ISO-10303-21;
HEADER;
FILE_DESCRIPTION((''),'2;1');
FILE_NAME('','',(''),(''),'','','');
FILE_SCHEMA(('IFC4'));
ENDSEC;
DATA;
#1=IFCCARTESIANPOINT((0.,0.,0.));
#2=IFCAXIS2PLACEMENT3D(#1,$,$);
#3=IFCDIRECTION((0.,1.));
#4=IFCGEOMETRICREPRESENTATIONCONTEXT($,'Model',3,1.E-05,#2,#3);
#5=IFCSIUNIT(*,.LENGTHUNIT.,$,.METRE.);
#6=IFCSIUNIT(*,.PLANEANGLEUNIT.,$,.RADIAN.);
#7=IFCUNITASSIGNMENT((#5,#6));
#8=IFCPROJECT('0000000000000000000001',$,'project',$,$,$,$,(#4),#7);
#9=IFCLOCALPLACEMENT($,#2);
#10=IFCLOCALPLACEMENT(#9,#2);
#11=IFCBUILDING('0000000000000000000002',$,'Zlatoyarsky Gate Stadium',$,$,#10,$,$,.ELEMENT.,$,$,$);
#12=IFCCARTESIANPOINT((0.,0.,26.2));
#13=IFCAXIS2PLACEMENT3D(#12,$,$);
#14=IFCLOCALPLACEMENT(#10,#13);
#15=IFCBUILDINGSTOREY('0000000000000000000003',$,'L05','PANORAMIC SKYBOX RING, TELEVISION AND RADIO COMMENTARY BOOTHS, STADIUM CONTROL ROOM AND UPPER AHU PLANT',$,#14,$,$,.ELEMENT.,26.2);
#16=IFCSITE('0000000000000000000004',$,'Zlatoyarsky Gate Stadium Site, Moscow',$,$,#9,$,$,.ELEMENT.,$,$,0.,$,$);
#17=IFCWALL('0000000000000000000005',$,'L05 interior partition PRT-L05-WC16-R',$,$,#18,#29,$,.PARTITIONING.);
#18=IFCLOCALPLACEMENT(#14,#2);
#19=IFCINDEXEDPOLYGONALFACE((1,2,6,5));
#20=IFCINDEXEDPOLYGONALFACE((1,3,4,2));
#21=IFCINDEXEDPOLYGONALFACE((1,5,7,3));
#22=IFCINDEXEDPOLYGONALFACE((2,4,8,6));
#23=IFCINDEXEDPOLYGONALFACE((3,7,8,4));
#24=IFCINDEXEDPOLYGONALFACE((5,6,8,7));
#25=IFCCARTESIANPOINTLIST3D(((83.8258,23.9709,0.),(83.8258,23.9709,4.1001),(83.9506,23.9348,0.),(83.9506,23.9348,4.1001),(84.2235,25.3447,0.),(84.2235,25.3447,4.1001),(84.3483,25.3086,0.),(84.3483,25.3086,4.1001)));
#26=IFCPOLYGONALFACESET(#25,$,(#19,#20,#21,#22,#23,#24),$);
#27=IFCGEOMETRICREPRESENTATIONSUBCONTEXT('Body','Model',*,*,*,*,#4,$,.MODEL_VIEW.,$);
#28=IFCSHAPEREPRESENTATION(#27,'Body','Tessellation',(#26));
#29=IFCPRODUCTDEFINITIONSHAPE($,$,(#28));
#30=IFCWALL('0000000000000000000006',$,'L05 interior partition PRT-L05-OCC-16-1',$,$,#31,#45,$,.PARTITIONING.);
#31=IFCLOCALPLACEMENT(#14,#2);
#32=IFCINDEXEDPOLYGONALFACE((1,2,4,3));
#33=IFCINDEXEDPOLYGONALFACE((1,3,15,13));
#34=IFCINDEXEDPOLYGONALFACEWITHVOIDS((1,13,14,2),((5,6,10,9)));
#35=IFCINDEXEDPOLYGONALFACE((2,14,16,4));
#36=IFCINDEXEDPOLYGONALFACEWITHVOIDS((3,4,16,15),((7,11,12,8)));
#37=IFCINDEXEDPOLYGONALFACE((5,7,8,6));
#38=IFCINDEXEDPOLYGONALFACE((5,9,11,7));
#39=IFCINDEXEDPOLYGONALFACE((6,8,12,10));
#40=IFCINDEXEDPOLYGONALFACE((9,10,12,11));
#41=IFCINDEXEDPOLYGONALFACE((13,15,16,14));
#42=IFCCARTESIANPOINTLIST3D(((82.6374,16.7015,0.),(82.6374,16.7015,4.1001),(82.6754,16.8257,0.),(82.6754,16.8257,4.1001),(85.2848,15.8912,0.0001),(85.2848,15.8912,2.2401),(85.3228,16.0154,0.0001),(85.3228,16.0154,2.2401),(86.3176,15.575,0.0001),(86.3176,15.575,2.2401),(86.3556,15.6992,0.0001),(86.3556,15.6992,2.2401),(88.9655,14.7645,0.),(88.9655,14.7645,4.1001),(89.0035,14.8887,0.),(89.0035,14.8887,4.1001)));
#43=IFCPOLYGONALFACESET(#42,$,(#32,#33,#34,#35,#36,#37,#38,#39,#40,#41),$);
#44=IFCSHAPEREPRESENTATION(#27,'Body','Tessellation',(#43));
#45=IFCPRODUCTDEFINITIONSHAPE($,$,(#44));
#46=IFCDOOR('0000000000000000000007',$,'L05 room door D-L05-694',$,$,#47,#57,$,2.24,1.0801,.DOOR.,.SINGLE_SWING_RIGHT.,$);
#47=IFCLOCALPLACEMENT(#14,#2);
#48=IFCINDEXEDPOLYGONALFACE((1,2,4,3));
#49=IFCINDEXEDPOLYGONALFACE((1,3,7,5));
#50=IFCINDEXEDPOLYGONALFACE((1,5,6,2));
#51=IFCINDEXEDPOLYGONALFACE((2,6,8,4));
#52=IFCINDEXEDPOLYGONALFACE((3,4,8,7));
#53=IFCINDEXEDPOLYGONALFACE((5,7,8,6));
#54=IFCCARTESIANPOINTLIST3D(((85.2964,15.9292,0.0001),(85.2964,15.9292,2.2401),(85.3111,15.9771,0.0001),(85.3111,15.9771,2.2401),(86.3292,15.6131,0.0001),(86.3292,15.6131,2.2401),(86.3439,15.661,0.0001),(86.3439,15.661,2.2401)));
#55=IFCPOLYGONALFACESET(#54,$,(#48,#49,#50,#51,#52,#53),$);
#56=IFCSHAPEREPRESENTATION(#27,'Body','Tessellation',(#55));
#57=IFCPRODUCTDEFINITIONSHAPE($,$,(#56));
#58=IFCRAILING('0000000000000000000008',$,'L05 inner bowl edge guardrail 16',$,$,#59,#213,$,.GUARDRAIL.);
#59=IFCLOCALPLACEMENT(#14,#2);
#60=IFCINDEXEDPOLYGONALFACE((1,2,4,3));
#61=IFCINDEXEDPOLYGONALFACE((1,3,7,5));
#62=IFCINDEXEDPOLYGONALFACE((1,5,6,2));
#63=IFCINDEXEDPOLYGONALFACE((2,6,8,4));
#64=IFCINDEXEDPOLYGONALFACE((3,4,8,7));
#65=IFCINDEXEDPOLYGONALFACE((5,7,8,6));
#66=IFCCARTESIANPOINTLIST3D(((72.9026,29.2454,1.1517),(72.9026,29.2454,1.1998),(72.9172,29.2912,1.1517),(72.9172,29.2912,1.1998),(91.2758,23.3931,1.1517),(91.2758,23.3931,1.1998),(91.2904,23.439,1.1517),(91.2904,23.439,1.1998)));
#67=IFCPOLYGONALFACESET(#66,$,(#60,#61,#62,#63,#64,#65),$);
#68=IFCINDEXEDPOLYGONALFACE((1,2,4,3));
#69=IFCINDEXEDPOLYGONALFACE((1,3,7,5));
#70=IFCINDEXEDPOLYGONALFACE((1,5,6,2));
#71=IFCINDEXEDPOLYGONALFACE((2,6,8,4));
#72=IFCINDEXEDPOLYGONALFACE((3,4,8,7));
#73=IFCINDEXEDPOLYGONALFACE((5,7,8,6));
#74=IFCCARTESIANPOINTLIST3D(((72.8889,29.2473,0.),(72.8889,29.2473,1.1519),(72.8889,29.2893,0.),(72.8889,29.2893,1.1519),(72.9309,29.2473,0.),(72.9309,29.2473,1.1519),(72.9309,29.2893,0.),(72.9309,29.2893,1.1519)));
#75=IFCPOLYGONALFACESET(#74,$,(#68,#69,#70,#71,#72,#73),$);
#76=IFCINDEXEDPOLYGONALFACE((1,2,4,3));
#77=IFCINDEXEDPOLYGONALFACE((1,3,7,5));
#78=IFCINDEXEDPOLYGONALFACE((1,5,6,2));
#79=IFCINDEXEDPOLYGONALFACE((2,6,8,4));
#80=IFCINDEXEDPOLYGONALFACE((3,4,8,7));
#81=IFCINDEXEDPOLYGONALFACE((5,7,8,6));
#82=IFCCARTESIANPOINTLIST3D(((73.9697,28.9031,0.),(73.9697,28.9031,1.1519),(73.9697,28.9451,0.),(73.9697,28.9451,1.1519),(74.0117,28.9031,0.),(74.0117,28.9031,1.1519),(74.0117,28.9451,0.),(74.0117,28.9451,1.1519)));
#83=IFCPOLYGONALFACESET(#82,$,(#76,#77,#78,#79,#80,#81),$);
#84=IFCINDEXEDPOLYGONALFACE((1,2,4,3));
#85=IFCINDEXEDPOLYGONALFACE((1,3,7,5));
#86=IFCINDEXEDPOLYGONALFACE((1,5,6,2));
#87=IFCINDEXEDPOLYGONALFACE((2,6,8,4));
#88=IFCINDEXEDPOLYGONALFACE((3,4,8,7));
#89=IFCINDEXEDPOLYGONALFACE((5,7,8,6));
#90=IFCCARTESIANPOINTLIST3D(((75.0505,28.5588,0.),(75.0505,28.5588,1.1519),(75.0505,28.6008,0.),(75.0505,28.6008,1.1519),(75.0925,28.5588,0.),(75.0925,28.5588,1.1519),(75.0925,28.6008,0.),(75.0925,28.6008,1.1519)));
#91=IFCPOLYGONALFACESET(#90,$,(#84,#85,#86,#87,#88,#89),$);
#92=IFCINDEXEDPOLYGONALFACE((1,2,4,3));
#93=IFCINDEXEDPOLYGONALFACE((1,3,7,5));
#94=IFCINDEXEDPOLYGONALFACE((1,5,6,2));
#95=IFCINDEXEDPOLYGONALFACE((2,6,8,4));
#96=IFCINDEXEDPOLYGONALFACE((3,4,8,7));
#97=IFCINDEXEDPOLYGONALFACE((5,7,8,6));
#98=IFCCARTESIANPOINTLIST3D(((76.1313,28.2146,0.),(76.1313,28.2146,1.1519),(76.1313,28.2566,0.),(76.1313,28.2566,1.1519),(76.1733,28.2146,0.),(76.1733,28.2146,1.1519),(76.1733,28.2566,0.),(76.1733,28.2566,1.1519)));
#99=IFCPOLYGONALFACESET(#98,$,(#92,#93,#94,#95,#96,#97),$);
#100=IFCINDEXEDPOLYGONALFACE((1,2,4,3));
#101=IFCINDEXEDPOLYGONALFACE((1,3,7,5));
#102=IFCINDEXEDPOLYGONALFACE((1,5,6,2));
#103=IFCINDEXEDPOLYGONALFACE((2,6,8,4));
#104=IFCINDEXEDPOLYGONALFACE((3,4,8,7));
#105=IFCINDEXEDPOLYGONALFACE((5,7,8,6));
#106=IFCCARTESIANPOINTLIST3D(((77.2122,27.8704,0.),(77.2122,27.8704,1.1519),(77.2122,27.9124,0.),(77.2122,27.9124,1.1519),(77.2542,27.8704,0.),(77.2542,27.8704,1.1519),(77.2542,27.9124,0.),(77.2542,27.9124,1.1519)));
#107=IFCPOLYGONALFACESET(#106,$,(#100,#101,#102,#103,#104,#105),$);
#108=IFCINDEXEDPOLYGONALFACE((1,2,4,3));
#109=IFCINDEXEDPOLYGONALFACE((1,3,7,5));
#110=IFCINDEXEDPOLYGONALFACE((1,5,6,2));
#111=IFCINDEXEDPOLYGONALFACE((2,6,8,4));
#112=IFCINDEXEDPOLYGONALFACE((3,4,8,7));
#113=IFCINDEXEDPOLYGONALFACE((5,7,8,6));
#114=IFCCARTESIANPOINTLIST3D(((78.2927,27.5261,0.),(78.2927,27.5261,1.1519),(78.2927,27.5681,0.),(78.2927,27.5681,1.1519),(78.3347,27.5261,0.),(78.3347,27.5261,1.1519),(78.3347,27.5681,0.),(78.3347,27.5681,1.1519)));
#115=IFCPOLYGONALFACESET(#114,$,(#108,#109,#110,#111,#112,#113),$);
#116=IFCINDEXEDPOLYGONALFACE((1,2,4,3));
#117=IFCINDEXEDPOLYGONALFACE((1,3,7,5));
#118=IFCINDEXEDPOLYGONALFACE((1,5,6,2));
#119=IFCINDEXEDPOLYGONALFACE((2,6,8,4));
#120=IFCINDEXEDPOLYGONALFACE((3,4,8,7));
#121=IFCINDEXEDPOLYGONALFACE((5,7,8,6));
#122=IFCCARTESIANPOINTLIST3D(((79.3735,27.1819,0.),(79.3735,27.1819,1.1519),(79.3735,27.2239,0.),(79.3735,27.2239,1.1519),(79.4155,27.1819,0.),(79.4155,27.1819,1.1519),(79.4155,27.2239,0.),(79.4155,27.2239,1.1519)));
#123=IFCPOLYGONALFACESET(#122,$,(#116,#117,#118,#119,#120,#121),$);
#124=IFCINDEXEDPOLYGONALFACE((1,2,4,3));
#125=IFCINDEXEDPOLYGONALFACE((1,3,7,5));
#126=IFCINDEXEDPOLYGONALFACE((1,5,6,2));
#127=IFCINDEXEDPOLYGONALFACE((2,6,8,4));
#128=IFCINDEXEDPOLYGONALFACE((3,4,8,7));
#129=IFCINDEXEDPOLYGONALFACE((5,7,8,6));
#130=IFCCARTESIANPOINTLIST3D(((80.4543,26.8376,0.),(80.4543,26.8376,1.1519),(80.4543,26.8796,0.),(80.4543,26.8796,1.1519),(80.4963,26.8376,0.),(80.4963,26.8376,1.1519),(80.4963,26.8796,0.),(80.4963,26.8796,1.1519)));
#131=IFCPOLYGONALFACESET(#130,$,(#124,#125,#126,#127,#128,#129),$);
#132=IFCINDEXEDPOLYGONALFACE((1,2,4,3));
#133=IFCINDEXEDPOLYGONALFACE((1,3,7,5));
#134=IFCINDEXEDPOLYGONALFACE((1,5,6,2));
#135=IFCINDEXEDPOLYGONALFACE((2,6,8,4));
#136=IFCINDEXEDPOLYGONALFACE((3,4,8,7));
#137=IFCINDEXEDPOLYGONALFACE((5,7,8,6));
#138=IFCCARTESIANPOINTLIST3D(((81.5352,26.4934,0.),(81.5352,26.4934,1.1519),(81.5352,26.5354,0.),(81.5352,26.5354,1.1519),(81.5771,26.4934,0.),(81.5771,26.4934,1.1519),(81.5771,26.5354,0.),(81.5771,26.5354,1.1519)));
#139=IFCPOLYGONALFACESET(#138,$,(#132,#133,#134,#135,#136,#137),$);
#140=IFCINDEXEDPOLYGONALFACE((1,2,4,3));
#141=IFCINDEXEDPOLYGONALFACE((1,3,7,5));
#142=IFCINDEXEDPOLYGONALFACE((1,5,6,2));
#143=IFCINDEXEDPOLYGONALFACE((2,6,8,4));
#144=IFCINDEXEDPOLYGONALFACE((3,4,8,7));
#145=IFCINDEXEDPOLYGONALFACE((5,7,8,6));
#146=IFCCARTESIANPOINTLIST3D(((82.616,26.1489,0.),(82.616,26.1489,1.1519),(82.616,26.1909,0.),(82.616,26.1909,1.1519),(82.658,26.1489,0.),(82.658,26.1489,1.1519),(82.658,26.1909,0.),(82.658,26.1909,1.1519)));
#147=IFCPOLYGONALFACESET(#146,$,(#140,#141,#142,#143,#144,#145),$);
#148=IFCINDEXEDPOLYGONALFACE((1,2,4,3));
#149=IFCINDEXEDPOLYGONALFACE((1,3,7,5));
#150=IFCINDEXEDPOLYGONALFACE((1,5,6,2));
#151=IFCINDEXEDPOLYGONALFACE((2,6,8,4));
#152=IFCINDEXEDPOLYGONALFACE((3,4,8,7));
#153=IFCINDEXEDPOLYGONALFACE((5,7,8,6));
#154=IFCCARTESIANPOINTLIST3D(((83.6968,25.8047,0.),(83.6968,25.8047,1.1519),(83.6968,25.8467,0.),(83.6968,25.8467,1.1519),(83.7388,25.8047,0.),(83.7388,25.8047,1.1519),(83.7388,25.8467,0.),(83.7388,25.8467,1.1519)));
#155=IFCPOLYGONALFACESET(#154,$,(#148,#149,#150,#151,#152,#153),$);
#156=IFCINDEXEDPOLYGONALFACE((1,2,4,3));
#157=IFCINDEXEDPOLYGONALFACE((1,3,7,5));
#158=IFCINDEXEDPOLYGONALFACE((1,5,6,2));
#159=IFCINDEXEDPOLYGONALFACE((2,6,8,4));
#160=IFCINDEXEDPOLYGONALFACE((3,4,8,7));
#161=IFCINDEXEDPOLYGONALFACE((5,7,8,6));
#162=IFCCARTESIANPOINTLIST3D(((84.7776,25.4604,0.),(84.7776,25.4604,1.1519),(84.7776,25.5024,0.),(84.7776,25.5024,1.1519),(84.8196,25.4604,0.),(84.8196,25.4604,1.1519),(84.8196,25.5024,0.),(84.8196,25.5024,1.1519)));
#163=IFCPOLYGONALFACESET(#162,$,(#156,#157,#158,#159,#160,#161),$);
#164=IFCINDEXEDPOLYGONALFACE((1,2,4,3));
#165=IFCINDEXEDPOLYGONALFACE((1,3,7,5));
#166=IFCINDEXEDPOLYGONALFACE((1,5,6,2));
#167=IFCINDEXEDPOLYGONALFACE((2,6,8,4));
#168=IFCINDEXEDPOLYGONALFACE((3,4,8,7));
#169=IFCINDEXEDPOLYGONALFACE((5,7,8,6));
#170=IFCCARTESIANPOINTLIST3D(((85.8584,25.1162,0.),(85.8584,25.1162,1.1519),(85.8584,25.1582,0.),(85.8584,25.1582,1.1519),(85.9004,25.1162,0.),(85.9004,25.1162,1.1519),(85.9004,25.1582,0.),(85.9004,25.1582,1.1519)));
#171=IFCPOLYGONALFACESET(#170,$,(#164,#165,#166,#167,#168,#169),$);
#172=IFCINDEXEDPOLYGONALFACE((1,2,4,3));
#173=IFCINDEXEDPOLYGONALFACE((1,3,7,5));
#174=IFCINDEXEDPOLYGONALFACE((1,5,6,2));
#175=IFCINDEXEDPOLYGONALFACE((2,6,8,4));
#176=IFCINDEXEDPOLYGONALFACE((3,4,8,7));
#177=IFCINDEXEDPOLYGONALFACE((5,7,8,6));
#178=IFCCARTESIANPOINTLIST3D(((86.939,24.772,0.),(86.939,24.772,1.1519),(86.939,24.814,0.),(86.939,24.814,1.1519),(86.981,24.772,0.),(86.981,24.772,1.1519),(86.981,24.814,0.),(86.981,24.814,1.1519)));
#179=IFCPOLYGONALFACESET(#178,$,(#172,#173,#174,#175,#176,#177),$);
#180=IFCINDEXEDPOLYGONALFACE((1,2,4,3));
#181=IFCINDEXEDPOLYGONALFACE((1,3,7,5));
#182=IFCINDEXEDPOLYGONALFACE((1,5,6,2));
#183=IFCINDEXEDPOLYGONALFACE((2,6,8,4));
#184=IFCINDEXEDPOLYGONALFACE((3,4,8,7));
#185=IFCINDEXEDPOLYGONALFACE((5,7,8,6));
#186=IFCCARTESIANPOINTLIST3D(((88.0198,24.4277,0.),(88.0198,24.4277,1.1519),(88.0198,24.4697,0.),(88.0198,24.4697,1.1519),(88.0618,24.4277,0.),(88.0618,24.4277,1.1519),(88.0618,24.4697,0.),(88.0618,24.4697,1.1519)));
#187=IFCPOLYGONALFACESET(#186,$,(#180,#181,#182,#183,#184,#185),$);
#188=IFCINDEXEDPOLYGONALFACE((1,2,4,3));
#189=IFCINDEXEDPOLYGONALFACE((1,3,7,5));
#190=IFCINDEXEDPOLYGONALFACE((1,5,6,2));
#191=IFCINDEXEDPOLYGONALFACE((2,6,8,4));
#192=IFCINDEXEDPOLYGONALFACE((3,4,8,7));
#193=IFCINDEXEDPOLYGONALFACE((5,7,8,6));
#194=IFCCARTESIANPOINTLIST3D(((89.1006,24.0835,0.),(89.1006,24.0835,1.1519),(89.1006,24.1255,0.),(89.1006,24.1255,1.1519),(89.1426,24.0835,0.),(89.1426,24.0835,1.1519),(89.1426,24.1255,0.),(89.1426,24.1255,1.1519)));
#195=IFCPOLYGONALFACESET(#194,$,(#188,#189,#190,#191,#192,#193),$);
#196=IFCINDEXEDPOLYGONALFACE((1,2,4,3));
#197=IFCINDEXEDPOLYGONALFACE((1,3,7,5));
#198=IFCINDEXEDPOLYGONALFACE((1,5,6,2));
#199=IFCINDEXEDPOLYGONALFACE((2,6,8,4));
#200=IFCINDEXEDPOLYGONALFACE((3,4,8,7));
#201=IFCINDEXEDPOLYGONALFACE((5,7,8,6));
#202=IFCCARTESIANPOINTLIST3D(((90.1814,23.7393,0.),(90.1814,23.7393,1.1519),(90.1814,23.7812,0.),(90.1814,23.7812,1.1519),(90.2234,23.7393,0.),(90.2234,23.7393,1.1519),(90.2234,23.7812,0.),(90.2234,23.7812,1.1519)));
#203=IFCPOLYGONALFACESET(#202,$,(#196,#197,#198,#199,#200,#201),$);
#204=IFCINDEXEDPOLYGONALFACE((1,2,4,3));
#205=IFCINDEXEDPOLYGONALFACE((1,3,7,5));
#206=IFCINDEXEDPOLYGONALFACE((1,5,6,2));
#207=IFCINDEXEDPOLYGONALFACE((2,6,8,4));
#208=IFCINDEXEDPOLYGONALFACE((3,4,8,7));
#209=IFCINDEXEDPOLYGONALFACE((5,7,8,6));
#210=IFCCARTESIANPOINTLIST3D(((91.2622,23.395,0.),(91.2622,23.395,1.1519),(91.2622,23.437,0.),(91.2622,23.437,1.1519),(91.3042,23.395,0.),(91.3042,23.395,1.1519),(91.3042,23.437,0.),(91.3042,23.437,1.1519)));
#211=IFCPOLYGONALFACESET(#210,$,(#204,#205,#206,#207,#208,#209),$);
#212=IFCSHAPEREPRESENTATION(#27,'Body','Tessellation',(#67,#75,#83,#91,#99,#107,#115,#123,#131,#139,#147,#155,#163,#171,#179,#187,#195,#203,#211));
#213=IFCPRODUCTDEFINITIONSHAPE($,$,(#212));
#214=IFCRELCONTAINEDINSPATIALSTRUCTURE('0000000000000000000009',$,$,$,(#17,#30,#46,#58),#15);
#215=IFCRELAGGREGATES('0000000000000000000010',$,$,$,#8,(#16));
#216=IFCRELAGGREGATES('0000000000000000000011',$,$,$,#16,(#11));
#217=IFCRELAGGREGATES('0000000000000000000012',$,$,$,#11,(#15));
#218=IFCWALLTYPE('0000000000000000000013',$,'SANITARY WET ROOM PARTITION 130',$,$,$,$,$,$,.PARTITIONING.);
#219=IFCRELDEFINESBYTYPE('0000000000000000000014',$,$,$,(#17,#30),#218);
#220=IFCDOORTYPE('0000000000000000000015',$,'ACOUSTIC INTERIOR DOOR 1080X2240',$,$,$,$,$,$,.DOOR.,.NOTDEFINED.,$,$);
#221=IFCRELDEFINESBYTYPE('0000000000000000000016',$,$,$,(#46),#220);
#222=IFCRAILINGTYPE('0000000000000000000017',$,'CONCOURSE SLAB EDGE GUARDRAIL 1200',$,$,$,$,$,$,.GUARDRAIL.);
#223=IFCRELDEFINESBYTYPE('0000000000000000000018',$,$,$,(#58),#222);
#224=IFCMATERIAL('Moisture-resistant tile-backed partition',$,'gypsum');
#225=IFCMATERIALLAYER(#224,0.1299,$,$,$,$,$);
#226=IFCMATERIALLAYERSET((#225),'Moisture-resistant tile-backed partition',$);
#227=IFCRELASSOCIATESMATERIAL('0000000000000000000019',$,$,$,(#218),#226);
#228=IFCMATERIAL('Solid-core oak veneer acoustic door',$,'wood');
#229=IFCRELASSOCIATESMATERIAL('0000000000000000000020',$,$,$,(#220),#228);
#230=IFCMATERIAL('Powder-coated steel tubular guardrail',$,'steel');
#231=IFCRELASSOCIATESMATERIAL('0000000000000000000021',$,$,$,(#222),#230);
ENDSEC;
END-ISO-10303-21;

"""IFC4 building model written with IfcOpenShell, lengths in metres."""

from ifc_helpers import new_model, si_unit, direction, frame, frame_2d, origin, origin_2d, place, context, subcontext, project, spatial, rectangle, extrude, material, layer, layer_set, type_object, element, fill, save


model = new_model("IFC4")

# Units and contexts
model_context = context("Model", 3, precision=1e-05, world=origin(), true_north=direction((0.0, 1.0)))
body_context = subcontext(model_context, "Body", "Model", "MODEL_VIEW")
ifc_project = project(units=[si_unit("LENGTHUNIT", "METRE"), si_unit("PLANEANGLEUNIT", "RADIAN")], contexts=[model_context])

# Site, building, storey
site_placement = place(None, origin())
site = spatial("IfcSite", under=ifc_project, at=site_placement, Name="Zlatoyarsky Gate Stadium Site, Moscow", CompositionType="ELEMENT", RefElevation=0.0)
building_placement = place(site_placement, origin())
building = spatial("IfcBuilding", under=site, at=building_placement, Name="Zlatoyarsky Gate Stadium", CompositionType="ELEMENT")
storey_placement = place(building_placement, frame((0.0, 0.0, 26.2)))
storey = spatial("IfcBuildingStorey", under=building, at=storey_placement, Name="L05", Description="PANORAMIC SKYBOX RING, TELEVISION AND RADIO COMMENTARY BOOTHS, STADIUM CONTROL ROOM AND UPPER AHU PLANT", CompositionType="ELEMENT", Elevation=26.2)

# Shared definitions
ifc_material_1 = material(Name="Moisture-resistant tile-backed partition", Category="gypsum")
ifc_layer_1 = layer(ifc_material_1, 0.1299)
ifc_layer_set_1 = layer_set([ifc_layer_1], Name="Moisture-resistant tile-backed partition")
wall_type_1 = type_object("IfcWallType", Name="SANITARY WET ROOM PARTITION 130", PredefinedType="PARTITIONING", material=ifc_layer_set_1)

# Shared definitions
ifc_material_2 = material(Name="Solid-core oak veneer acoustic door", Category="wood")

# Wall
for number, where, z_axis, x_axis, name in (
    (1, (83.8882, 23.9529, 0.0), (0.0, 0.0, 1.0), (0.278079, 0.960558, 0.0), "L05 interior partition PRT-L05-WC16-R"),
):
    element("IfcWall", number, at=place(storey_placement, frame(where, z_axis=z_axis, x_axis=x_axis)), inside=storey, type_object=wall_type_1, Name=name, PredefinedType="PARTITIONING", context=body_context, shape_type="SweptSolid", body=[
        extrude(rectangle(XDim=1.4302, YDim=0.1299, at=frame_2d((0.7151, 0.0))), origin(), (0.0, 0.0, 1.0), 4.1001),
    ])

# Wall, opening, door
wall_1_placement = place(storey_placement, frame((82.6562, 16.7637, 0.0), z_axis=(0.0, 0.0, 1.0), x_axis=(0.956207, -0.292691, 0.0)))
wall_1 = element("IfcWall", 2, at=wall_1_placement, inside=storey, type_object=wall_type_1, Name="L05 interior partition PRT-L05-OCC-16-1", PredefinedType="PARTITIONING", context=body_context, shape_type="SweptSolid", body=[
    extrude(rectangle(XDim=6.6179, YDim=0.1299, at=frame_2d((3.3091, 0.0))), origin(), (0.0, 0.0, 1.0), 4.1001),
])
opening_1_placement = place(wall_1_placement, frame((2.7688, 0.0, 0.0)))
opening_1 = element("IfcOpeningElement", 3, at=opening_1_placement, cuts=wall_1, PredefinedType="OPENING", context=body_context, shape_type="SweptSolid", body=[
    extrude(rectangle(XDim=1.0801, YDim=2.24, at=frame_2d((0.54, 1.1201))), frame((0.0, 0.075, 0.0), z_axis=(0.0, -1.0, 0.0), x_axis=(1.0, 0.0, 0.0)), (0.0, 0.0, 1.0), 0.1499),
])
door_type_1 = type_object("IfcDoorType", Name="ACOUSTIC INTERIOR DOOR 1080X2240", OperationType="NOTDEFINED", PredefinedType="DOOR", material=ifc_material_2)
door_1_placement = place(opening_1_placement, origin())
door_1 = element("IfcDoor", 4, at=door_1_placement, inside=storey, type_object=door_type_1, Name="L05 room door D-L05-694", OperationType="SINGLE_SWING_RIGHT", OverallHeight=2.24, OverallWidth=1.0801, PredefinedType="DOOR", context=body_context, shape_type="SweptSolid", body=[
    extrude(rectangle(XDim=1.0801, YDim=2.24, at=frame_2d((0.54, 1.1201))), frame((0.0, 0.0249, 0.0), z_axis=(0.0, -1.0, 0.0), x_axis=(1.0, 0.0, 0.0)), (0.0, 0.0, 1.0), 0.05),
])
fill(opening_1, door_1)

# Railing
ifc_material_3 = material(Name="Powder-coated steel tubular guardrail", Category="steel")
railing_type_1 = type_object("IfcRailingType", Name="CONCOURSE SLAB EDGE GUARDRAIL 1200", PredefinedType="GUARDRAIL", material=ifc_material_3)
railing_1_placement = place(storey_placement, frame((72.9099, 29.2683, 0.0)))
element("IfcRailing", 5, at=railing_1_placement, inside=storey, type_object=railing_type_1, Name="L05 inner bowl edge guardrail 16", PredefinedType="GUARDRAIL", context=body_context, shape_type="SweptSolid", body=[
    extrude(rectangle(XDim=0.0481, YDim=0.0481, at=origin_2d()), frame((0.0, 0.0, 1.1758), z_axis=(0.952832, -0.303498, 0.0), x_axis=(0.303498, 0.952832, 0.0)), (0.0, 0.0, 1.0), 19.2827),
    extrude(rectangle(XDim=0.042, YDim=0.042, at=origin_2d()), origin(), (0.0, 0.0, 1.0), 1.1519),
    extrude(rectangle(XDim=0.042, YDim=0.042, at=origin_2d()), frame((1.0808, -0.3442, 0.0)), (0.0, 0.0, 1.0), 1.1519),
    extrude(rectangle(XDim=0.042, YDim=0.042, at=origin_2d()), frame((2.1616, -0.6885, 0.0)), (0.0, 0.0, 1.0), 1.1519),
    extrude(rectangle(XDim=0.042, YDim=0.042, at=origin_2d()), frame((3.2424, -1.0327, 0.0)), (0.0, 0.0, 1.0), 1.1519),
    extrude(rectangle(XDim=0.042, YDim=0.042, at=origin_2d()), frame((4.3232, -1.377, 0.0)), (0.0, 0.0, 1.0), 1.1519),
    extrude(rectangle(XDim=0.042, YDim=0.042, at=origin_2d()), frame((5.4038, -1.7212, 0.0)), (0.0, 0.0, 1.0), 1.1519),
    extrude(rectangle(XDim=0.042, YDim=0.042, at=origin_2d()), frame((6.4846, -2.0654, 0.0)), (0.0, 0.0, 1.0), 1.1519),
    extrude(rectangle(XDim=0.042, YDim=0.042, at=origin_2d()), frame((7.5654, -2.4097, 0.0)), (0.0, 0.0, 1.0), 1.1519),
    extrude(rectangle(XDim=0.042, YDim=0.042, at=origin_2d()), frame((8.6462, -2.7539, 0.0)), (0.0, 0.0, 1.0), 1.1519),
    extrude(rectangle(XDim=0.042, YDim=0.042, at=origin_2d()), frame((9.7271, -3.0984, 0.0)), (0.0, 0.0, 1.0), 1.1519),
    extrude(rectangle(XDim=0.042, YDim=0.042, at=origin_2d()), frame((10.8079, -3.4426, 0.0)), (0.0, 0.0, 1.0), 1.1519),
    extrude(rectangle(XDim=0.042, YDim=0.042, at=origin_2d()), frame((11.8887, -3.7869, 0.0)), (0.0, 0.0, 1.0), 1.1519),
    extrude(rectangle(XDim=0.042, YDim=0.042, at=origin_2d()), frame((12.9695, -4.1311, 0.0)), (0.0, 0.0, 1.0), 1.1519),
    extrude(rectangle(XDim=0.042, YDim=0.042, at=origin_2d()), frame((14.05, -4.4753, 0.0)), (0.0, 0.0, 1.0), 1.1519),
    extrude(rectangle(XDim=0.042, YDim=0.042, at=origin_2d()), frame((15.1309, -4.8196, 0.0)), (0.0, 0.0, 1.0), 1.1519),
    extrude(rectangle(XDim=0.042, YDim=0.042, at=origin_2d()), frame((16.2117, -5.1638, 0.0)), (0.0, 0.0, 1.0), 1.1519),
    extrude(rectangle(XDim=0.042, YDim=0.042, at=origin_2d()), frame((17.2925, -5.5081, 0.0)), (0.0, 0.0, 1.0), 1.1519),
    extrude(rectangle(XDim=0.042, YDim=0.042, at=origin_2d()), frame((18.3733, -5.8523, 0.0)), (0.0, 0.0, 1.0), 1.1519),
])

save(model, "model.ifc")
